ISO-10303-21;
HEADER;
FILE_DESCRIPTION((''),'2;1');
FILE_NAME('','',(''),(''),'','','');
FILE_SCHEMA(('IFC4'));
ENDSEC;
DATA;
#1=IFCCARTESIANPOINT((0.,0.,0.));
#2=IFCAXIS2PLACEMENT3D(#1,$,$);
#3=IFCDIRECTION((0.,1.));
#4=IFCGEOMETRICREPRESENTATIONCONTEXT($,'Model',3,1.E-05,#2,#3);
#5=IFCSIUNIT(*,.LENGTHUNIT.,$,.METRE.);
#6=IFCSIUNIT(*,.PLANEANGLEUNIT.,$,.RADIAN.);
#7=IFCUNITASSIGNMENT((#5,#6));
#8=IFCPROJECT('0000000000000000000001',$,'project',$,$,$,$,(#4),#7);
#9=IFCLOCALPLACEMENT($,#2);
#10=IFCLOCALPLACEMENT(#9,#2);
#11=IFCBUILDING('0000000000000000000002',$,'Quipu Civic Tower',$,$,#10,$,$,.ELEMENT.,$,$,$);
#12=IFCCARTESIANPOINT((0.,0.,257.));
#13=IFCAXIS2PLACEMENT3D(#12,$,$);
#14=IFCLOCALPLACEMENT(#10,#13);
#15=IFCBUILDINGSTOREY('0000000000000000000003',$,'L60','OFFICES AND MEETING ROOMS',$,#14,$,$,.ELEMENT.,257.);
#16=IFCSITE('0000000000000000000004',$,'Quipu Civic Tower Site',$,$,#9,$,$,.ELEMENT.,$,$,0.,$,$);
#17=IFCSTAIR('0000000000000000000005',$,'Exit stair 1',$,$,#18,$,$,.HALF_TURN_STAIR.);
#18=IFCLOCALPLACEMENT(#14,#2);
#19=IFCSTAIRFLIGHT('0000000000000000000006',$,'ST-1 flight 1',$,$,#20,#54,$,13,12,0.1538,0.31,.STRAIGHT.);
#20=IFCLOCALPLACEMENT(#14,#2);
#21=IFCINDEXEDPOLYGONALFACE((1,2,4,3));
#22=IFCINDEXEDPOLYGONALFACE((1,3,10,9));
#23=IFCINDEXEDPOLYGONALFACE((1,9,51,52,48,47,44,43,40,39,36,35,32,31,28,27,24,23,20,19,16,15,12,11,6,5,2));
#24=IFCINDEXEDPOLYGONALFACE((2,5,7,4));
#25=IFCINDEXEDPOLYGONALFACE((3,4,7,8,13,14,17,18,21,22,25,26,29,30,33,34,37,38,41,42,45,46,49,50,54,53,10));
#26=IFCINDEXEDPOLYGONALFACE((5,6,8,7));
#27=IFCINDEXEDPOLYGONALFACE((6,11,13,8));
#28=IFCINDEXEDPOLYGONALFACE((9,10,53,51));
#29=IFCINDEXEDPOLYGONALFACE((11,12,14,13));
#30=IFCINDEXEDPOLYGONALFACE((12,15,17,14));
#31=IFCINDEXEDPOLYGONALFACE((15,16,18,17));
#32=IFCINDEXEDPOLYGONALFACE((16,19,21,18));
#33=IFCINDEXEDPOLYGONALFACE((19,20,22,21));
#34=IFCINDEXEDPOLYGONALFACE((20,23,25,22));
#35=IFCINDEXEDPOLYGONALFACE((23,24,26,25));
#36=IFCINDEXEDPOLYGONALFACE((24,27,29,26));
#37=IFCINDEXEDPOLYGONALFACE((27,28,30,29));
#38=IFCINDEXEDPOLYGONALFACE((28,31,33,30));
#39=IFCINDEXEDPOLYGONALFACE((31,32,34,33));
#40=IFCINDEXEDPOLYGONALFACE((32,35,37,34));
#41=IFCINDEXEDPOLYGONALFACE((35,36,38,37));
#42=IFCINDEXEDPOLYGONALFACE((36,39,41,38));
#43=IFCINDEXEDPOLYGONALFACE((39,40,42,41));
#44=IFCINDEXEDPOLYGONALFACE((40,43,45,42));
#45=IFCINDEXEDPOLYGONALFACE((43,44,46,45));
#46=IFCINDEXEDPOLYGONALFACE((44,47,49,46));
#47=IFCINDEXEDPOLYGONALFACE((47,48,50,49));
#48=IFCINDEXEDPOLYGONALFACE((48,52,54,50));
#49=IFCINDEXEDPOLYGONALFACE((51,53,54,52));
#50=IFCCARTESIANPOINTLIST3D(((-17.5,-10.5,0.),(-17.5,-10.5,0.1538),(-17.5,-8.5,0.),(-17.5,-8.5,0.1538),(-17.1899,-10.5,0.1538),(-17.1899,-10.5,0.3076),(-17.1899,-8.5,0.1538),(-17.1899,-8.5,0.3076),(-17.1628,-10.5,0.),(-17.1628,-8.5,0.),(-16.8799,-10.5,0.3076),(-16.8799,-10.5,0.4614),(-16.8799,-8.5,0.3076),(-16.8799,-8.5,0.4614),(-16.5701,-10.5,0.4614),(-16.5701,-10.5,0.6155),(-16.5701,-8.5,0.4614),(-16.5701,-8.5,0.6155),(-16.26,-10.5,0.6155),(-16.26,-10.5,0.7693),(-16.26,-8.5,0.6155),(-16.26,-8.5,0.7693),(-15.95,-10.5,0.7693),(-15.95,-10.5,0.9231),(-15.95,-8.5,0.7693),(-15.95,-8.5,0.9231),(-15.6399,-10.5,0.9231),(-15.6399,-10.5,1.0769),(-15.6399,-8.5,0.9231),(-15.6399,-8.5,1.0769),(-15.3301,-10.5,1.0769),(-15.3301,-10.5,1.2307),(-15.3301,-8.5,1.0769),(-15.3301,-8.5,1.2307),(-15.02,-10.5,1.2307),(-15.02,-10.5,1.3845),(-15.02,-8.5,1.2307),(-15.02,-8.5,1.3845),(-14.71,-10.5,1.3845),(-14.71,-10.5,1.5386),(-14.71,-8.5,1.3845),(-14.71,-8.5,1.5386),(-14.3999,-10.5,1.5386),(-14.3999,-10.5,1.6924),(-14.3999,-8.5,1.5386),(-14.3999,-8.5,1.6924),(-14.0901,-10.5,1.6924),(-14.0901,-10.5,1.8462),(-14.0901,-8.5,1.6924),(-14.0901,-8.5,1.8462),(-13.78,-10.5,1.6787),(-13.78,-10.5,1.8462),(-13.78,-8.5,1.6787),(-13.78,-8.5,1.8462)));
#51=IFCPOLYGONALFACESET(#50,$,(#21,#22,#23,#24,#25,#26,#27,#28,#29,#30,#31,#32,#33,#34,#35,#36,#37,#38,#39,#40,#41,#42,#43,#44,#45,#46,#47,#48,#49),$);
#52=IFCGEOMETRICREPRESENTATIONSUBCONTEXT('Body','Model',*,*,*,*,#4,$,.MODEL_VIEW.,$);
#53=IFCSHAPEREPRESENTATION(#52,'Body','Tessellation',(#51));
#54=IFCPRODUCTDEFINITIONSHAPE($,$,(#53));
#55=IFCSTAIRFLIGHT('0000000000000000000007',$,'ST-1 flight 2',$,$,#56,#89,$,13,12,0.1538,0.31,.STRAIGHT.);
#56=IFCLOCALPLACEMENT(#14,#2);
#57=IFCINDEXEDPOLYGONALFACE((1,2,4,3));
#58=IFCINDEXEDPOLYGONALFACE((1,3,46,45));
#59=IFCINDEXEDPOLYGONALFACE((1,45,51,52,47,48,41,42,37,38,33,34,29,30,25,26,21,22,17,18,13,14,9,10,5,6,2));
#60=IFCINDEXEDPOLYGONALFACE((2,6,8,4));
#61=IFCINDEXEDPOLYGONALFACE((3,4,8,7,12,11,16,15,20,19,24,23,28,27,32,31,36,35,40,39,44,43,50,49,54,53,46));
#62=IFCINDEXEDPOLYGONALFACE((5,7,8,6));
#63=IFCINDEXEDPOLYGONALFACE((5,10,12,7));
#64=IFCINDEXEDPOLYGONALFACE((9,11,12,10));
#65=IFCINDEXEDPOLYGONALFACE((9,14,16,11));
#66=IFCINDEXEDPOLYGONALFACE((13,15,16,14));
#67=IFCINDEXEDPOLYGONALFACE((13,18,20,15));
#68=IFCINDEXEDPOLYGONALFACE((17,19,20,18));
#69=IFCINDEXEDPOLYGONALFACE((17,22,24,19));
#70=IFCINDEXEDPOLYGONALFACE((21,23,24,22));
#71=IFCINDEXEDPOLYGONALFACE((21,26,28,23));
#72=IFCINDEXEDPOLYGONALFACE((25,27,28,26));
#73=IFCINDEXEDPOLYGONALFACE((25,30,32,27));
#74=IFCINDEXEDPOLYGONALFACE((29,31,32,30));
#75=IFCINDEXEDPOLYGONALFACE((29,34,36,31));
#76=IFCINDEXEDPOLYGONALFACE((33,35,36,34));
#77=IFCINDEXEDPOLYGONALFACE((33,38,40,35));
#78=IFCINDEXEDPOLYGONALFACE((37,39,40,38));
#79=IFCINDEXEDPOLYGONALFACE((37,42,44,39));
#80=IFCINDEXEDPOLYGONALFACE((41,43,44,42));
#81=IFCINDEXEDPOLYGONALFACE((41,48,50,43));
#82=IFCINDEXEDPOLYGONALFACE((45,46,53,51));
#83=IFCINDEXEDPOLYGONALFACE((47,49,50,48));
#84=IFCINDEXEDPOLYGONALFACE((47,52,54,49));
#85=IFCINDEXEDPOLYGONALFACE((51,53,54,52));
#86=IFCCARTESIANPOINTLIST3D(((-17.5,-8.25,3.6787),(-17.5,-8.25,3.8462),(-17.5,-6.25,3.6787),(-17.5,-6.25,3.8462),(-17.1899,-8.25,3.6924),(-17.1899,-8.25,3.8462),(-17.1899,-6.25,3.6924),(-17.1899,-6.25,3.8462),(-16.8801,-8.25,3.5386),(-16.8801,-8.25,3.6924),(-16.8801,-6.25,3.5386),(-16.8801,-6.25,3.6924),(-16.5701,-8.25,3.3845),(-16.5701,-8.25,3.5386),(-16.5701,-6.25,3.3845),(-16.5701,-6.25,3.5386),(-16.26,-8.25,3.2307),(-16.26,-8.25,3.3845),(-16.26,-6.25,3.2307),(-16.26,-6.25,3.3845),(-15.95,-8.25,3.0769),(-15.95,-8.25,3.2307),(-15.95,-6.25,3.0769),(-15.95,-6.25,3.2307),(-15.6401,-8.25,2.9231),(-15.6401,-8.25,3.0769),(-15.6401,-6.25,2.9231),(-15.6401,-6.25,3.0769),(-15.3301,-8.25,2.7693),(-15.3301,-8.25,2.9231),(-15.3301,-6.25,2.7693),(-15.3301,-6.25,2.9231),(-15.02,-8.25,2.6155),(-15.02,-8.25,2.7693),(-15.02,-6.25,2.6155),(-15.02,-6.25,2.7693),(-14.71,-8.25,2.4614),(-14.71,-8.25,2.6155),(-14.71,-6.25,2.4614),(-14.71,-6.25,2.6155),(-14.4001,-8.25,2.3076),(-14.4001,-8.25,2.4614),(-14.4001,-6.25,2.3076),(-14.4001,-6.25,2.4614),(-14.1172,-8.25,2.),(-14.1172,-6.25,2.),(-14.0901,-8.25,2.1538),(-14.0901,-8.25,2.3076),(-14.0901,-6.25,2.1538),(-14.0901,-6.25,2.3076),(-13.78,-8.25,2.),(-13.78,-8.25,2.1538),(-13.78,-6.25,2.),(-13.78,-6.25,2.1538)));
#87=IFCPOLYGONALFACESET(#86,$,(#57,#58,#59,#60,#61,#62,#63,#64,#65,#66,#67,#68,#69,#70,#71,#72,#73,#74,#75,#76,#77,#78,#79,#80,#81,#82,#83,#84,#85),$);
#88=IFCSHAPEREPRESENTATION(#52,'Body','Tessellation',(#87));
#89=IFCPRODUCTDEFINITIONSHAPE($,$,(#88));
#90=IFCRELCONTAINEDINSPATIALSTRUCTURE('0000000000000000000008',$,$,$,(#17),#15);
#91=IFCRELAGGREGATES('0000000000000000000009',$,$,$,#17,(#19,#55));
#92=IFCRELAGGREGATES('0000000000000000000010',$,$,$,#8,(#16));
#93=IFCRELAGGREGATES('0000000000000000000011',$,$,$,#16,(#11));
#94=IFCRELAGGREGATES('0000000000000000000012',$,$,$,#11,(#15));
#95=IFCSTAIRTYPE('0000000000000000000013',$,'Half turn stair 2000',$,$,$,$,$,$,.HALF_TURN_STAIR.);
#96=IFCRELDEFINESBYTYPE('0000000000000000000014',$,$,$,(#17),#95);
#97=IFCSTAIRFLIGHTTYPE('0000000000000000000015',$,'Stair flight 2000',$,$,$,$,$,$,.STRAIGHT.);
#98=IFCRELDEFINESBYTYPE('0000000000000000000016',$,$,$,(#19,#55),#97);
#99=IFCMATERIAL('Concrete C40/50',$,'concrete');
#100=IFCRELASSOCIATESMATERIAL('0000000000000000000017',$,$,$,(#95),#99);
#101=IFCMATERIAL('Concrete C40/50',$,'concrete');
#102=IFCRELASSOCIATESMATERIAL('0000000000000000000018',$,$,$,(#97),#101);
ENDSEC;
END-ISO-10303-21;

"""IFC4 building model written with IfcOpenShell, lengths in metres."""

from ifc_helpers import new_model, si_unit, direction, frame, origin, place, context, subcontext, project, spatial, polyline, outline, extrude, material, type_object, element, aggregate, save


model = new_model("IFC4")

# Units and contexts
model_context = context("Model", 3, precision=1e-05, world=origin(), true_north=direction((0.0, 1.0)))
body_context = subcontext(model_context, "Body", "Model", "MODEL_VIEW")
ifc_project = project(units=[si_unit("LENGTHUNIT", "METRE"), si_unit("PLANEANGLEUNIT", "RADIAN")], contexts=[model_context])

# Site, building, storey
site_placement = place(None, origin())
site = spatial("IfcSite", under=ifc_project, at=site_placement, Name="Quipu Civic Tower Site", CompositionType="ELEMENT", RefElevation=0.0)
building_placement = place(site_placement, origin())
building = spatial("IfcBuilding", under=site, at=building_placement, Name="Quipu Civic Tower", CompositionType="ELEMENT")
storey_placement = place(building_placement, frame((0.0, 0.0, 257.0)))
storey = spatial("IfcBuildingStorey", under=building, at=storey_placement, Name="L60", Description="OFFICES AND MEETING ROOMS", CompositionType="ELEMENT", Elevation=257.0)

# Stair, stair flights
ifc_material_1 = material(Name="Concrete C40/50", Category="concrete")
stair_type = type_object("IfcStairType", Name="Half turn stair 2000", PredefinedType="HALF_TURN_STAIR", material=ifc_material_1)
stair_placement = place(storey_placement, origin())
stair = element("IfcStair", 1, at=stair_placement, inside=storey, type_object=stair_type, Name="Exit stair 1", PredefinedType="HALF_TURN_STAIR")
ifc_material_2 = material(Name="Concrete C40/50", Category="concrete")
stair_flight_type = type_object("IfcStairFlightType", Name="Stair flight 2000", PredefinedType="STRAIGHT", material=ifc_material_2)
stair_flight_1_placement = place(storey_placement, frame((-17.5, -9.5, 0.0), z_axis=(0.0, 0.0, 1.0), x_axis=(1.0, 0.0, 0.0)))
stair_flight_1 = element("IfcStairFlight", 2, at=stair_flight_1_placement, type_object=stair_flight_type, Name="ST-1 flight 1", NumberOfRisers=13, NumberOfTreads=12, PredefinedType="STRAIGHT", RiserHeight=0.1538, TreadLength=0.31, context=body_context, shape_type="SweptSolid", body=[
    extrude(outline(polyline([(0.0, 0.0), (0.0, 0.1538), (0.3101, 0.1538), (0.3101, 0.3076), (0.6201, 0.3076), (0.6201, 0.4614), (0.9299, 0.4614), (0.9299, 0.6155), (1.24, 0.6155), (1.24, 0.7693), (1.55, 0.7693), (1.55, 0.9231), (1.8601, 0.9231), (1.8601, 1.0769), (2.1699, 1.0769), (2.1699, 1.2307), (2.48, 1.2307), (2.48, 1.3845), (2.79, 1.3845), (2.79, 1.5386), (3.1001, 1.5386), (3.1001, 1.6924), (3.4099, 1.6924), (3.4099, 1.8462), (3.72, 1.8462), (3.72, 2.0), (3.72, 1.6787), (0.3372, 0.0), (0.0, 0.0)])), frame((0.0, 1.0, 0.0), z_axis=(0.0, -1.0, 0.0), x_axis=(1.0, 0.0, 0.0)), (0.0, 0.0, 1.0), 2.0),
])
stair_flight_2_placement = place(storey_placement, frame((-13.78, -7.25, 2.0), z_axis=(0.0, 0.0, 1.0), x_axis=(-1.0, 0.0, 0.0)))
stair_flight_2 = element("IfcStairFlight", 3, at=stair_flight_2_placement, type_object=stair_flight_type, Name="ST-1 flight 2", NumberOfRisers=13, NumberOfTreads=12, PredefinedType="STRAIGHT", RiserHeight=0.1538, TreadLength=0.31, context=body_context, shape_type="SweptSolid", body=[
    extrude(outline(polyline([(0.0, 0.0), (0.0, 0.1538), (0.3101, 0.1538), (0.3101, 0.3076), (0.6201, 0.3076), (0.6201, 0.4614), (0.9299, 0.4614), (0.9299, 0.6155), (1.24, 0.6155), (1.24, 0.7693), (1.55, 0.7693), (1.55, 0.9231), (1.8601, 0.9231), (1.8601, 1.0769), (2.1699, 1.0769), (2.1699, 1.2307), (2.48, 1.2307), (2.48, 1.3845), (2.79, 1.3845), (2.79, 1.5386), (3.1001, 1.5386), (3.1001, 1.6924), (3.4099, 1.6924), (3.4099, 1.8462), (3.72, 1.8462), (3.72, 2.0), (3.72, 1.6787), (0.3372, 0.0), (0.0, 0.0)])), frame((0.0, 1.0, 0.0), z_axis=(0.0, -1.0, 0.0), x_axis=(1.0, 0.0, 0.0)), (0.0, 0.0, 1.0), 2.0),
])
aggregate(stair, [stair_flight_1, stair_flight_2])

save(model, "model.ifc")
